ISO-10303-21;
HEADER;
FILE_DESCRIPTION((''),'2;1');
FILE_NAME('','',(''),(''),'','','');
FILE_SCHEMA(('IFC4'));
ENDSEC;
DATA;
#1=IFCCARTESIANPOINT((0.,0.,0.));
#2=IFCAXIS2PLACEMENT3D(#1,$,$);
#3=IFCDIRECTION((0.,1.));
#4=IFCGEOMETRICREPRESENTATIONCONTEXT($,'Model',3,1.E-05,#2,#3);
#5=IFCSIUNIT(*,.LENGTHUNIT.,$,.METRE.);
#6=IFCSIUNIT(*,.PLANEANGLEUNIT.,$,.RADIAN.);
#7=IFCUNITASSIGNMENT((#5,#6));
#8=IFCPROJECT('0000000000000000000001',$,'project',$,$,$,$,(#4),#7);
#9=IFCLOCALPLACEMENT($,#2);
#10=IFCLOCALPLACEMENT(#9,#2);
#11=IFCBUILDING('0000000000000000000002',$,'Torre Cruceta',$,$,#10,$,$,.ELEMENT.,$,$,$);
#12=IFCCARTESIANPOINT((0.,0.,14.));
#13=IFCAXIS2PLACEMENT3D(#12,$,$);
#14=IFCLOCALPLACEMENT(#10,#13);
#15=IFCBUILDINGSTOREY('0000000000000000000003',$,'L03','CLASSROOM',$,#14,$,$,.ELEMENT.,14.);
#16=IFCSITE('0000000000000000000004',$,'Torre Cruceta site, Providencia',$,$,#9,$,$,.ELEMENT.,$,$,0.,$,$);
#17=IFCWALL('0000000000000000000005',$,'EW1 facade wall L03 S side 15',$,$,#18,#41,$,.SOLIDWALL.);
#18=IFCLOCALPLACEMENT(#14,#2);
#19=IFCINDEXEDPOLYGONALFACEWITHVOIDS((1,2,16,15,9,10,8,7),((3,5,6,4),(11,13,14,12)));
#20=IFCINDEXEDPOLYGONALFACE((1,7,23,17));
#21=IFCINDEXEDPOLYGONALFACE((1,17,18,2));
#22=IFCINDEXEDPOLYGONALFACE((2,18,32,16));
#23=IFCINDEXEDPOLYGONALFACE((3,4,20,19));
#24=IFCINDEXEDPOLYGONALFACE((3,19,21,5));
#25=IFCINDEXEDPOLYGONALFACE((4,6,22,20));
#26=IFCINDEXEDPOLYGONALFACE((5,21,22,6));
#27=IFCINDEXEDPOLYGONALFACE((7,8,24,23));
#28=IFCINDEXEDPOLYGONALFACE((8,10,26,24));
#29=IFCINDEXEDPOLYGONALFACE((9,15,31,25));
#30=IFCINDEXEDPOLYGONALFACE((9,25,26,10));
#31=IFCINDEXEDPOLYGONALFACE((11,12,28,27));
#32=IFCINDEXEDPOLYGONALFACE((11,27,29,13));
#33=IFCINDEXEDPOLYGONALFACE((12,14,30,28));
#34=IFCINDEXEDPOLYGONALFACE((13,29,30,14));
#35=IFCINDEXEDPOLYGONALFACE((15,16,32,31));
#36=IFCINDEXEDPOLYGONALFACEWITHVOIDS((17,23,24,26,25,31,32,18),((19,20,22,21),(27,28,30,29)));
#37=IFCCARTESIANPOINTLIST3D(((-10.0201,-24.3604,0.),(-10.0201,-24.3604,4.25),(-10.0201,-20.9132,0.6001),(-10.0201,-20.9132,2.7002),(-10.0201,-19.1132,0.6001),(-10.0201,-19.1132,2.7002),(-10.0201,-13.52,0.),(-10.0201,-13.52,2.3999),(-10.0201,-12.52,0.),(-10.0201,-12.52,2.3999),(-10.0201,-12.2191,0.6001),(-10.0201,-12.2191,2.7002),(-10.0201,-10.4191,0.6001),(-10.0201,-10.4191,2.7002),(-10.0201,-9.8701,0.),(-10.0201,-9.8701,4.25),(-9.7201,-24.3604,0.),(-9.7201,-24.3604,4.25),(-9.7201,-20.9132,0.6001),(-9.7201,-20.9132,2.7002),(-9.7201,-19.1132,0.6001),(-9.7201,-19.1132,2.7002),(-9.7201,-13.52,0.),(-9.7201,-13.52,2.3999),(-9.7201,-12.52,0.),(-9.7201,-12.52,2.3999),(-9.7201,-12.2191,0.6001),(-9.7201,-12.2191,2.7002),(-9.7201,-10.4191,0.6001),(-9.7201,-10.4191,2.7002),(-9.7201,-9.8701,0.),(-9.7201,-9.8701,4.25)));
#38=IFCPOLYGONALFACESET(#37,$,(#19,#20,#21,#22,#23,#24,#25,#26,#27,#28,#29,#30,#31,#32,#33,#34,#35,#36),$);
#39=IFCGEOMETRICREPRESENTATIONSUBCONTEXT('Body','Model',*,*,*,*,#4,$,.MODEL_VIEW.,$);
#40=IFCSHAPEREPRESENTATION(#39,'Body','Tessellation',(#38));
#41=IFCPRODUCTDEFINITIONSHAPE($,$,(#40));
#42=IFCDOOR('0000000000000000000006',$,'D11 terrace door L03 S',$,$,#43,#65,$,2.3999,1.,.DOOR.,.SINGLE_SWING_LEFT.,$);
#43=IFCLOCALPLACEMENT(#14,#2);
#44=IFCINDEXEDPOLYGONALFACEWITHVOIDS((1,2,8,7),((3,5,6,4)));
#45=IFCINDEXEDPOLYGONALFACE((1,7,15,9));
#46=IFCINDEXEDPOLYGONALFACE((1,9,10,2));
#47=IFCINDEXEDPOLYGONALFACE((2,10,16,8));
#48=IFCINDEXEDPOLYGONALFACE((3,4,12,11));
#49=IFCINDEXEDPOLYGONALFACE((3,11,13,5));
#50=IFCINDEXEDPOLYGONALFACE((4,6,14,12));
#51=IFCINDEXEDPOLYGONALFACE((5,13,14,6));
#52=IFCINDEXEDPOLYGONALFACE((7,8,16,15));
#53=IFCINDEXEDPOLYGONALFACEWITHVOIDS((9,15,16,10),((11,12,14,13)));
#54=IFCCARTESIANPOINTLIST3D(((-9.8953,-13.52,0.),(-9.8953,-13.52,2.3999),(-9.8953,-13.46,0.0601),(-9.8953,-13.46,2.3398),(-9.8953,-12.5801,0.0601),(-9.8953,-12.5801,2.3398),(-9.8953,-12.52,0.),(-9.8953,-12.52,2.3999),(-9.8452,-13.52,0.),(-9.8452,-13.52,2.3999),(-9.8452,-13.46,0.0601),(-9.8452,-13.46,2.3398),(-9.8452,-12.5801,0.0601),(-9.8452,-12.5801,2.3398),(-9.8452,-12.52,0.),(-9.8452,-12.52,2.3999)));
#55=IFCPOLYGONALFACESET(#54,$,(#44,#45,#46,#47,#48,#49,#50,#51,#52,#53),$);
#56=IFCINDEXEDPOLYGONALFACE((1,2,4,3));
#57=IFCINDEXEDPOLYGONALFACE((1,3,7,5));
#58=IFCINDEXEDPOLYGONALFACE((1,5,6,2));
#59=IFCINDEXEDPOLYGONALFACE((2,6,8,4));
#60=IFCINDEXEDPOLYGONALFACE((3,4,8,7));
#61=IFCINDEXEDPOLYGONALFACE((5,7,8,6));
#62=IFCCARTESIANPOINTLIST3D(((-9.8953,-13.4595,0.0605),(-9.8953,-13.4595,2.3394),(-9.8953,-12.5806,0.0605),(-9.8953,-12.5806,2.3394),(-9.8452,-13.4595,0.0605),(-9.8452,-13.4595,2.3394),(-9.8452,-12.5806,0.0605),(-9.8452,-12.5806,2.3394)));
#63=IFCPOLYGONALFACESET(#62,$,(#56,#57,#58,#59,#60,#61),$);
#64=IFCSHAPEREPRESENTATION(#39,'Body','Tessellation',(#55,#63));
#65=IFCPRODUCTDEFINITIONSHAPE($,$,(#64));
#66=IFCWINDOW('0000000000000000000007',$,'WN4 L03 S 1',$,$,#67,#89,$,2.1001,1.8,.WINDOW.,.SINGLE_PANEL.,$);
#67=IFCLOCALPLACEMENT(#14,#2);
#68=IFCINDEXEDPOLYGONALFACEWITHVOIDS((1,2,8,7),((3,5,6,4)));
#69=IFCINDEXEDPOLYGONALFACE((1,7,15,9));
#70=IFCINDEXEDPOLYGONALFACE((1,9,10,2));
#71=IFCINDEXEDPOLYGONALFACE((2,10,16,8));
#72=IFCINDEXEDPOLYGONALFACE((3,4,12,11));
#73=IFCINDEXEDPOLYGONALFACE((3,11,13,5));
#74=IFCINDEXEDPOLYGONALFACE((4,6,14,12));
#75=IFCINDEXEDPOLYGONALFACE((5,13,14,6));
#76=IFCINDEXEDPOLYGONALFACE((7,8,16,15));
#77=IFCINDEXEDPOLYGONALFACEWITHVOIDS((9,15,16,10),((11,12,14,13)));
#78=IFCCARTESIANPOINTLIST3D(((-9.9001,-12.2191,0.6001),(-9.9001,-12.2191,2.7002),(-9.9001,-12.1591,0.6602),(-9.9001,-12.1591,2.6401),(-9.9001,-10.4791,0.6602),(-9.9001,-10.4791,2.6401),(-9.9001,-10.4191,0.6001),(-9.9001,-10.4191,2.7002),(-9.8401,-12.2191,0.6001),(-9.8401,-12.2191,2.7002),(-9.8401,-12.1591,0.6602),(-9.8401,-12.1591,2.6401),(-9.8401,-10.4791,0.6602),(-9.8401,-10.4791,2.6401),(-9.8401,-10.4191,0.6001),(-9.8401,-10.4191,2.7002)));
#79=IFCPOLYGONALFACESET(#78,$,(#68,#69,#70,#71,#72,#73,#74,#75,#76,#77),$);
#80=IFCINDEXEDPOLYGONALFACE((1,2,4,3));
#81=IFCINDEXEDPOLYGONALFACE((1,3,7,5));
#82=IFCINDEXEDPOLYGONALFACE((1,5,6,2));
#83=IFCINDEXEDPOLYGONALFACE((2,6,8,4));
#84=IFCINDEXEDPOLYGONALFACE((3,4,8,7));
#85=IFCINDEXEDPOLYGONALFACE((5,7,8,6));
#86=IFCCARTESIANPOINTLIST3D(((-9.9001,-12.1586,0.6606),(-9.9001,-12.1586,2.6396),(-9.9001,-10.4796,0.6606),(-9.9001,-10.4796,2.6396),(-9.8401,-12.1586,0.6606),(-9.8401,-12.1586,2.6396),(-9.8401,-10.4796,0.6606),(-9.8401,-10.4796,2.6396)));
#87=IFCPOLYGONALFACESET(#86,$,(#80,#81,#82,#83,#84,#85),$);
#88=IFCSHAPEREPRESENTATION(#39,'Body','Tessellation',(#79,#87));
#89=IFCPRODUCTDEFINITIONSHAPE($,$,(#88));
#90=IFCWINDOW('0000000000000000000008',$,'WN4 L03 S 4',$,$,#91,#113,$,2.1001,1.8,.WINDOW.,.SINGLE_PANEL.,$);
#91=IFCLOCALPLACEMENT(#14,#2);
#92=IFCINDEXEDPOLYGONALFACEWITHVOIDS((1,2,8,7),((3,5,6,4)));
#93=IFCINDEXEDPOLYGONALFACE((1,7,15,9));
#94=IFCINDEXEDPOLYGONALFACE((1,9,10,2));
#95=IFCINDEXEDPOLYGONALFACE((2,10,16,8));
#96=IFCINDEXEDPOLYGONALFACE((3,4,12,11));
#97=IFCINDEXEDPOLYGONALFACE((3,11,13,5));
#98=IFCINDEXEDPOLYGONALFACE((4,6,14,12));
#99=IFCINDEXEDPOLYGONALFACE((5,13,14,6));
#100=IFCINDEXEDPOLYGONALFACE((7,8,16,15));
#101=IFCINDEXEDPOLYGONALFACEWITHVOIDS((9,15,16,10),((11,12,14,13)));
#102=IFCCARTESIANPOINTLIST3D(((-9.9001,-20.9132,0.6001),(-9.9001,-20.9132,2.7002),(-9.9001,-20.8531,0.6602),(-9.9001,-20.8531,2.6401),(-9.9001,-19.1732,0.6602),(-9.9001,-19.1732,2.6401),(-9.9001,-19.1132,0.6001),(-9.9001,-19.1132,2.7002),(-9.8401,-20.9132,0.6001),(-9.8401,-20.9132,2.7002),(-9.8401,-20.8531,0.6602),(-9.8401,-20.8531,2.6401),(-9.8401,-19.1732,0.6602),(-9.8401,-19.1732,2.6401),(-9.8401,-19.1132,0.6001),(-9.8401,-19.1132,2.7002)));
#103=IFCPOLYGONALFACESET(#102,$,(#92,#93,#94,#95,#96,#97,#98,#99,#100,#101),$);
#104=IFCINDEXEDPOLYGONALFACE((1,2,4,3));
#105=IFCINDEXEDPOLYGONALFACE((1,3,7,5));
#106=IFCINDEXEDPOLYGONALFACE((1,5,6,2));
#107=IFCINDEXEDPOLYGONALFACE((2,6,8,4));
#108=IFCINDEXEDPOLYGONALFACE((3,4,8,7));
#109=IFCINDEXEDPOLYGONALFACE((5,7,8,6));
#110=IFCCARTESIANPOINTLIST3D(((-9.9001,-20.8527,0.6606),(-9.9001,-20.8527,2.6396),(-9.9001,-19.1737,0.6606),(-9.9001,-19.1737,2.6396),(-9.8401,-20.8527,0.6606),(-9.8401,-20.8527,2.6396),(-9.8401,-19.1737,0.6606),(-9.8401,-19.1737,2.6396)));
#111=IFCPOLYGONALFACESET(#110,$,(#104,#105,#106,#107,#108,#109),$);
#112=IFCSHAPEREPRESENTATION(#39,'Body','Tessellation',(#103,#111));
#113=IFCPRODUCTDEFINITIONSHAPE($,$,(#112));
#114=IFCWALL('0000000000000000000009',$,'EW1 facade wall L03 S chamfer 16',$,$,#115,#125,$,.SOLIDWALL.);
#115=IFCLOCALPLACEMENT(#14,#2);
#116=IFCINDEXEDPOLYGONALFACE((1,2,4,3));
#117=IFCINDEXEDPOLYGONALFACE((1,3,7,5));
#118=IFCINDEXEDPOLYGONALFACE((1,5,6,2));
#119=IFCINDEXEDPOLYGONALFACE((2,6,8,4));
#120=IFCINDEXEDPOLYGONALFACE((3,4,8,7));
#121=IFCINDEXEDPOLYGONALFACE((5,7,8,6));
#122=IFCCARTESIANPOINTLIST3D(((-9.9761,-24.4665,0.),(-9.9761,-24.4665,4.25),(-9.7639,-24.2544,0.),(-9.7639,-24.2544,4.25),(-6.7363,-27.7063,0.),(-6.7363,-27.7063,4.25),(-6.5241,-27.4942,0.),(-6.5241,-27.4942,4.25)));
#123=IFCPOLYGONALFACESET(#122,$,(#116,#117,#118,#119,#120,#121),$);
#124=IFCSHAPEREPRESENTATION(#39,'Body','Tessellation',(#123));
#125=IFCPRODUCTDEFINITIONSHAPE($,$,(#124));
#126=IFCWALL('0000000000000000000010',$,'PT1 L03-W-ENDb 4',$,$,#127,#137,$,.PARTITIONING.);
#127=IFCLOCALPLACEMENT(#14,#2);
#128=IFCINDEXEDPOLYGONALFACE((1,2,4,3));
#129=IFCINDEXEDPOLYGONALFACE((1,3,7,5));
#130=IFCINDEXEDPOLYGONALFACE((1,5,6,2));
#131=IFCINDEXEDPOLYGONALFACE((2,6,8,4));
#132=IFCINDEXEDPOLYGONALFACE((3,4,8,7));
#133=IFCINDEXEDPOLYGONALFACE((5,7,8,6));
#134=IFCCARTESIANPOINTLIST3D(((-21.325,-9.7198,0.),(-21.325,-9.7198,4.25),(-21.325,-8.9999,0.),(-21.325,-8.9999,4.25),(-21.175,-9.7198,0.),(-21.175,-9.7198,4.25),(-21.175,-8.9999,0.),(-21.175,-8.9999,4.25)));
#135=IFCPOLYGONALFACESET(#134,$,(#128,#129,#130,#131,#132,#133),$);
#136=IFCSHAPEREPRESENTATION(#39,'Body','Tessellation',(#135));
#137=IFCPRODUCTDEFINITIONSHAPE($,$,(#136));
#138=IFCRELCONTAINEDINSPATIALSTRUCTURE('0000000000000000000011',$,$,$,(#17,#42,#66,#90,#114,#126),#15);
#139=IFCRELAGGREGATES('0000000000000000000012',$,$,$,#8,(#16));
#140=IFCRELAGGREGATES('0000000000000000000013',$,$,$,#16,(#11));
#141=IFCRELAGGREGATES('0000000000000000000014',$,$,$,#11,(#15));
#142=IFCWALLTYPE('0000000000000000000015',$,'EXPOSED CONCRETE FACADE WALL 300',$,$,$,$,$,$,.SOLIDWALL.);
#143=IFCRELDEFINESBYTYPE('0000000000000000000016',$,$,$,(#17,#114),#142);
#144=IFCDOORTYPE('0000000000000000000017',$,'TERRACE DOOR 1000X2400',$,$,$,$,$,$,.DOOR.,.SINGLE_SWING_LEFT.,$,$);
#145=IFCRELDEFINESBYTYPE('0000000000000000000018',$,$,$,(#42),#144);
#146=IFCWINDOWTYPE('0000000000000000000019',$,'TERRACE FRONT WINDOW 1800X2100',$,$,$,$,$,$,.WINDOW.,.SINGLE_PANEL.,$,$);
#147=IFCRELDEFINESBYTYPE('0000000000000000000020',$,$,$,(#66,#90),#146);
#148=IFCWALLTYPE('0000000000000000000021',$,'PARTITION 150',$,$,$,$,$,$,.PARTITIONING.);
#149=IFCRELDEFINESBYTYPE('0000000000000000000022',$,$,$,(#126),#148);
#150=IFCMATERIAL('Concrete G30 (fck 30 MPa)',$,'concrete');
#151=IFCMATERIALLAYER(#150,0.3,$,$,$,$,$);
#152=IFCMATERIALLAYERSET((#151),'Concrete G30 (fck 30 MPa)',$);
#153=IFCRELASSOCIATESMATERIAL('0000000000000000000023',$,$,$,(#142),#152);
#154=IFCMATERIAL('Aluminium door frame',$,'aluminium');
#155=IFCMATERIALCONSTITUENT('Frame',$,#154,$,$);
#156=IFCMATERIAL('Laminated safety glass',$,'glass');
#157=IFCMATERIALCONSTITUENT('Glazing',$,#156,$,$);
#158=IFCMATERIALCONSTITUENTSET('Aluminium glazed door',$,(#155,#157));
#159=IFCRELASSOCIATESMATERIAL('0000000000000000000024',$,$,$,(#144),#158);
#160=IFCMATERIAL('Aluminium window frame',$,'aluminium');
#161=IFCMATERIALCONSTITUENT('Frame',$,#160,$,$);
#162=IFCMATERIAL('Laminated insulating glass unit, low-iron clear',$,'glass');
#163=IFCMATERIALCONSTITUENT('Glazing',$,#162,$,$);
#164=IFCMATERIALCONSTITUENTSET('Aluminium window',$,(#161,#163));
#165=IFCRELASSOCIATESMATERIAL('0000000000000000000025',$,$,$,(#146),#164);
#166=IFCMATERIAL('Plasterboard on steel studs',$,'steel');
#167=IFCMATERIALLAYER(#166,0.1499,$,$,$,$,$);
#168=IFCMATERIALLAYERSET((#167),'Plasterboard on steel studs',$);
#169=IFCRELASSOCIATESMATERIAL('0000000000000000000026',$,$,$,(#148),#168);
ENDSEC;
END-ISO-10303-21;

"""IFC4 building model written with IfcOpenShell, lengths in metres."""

from ifc_helpers import new_model, si_unit, direction, frame, frame_2d, origin, place, context, subcontext, project, spatial, rectangle, hollow_rectangle, extrude, material, layer, layer_set, constituent, constituent_set, type_object, element, fill, save


model = new_model("IFC4")

# Units and contexts
model_context = context("Model", 3, precision=1e-05, world=origin(), true_north=direction((0.0, 1.0)))
body_context = subcontext(model_context, "Body", "Model", "MODEL_VIEW")
ifc_project = project(units=[si_unit("LENGTHUNIT", "METRE"), si_unit("PLANEANGLEUNIT", "RADIAN")], contexts=[model_context])

# Site, building, storey
site_placement = place(None, origin())
site = spatial("IfcSite", under=ifc_project, at=site_placement, Name="Torre Cruceta site, Providencia", CompositionType="ELEMENT", RefElevation=0.0)
building_placement = place(site_placement, origin())
building = spatial("IfcBuilding", under=site, at=building_placement, Name="Torre Cruceta", CompositionType="ELEMENT")
storey_placement = place(building_placement, frame((0.0, 0.0, 14.0)))
storey = spatial("IfcBuildingStorey", under=building, at=storey_placement, Name="L03", Description="CLASSROOM", CompositionType="ELEMENT", Elevation=14.0)

# Shared definitions
ifc_material_1 = material(Name="Concrete G30 (fck 30 MPa)", Category="concrete")
ifc_layer_1 = layer(ifc_material_1, 0.3)
ifc_layer_set_1 = layer_set([ifc_layer_1], Name="Concrete G30 (fck 30 MPa)")
wall_type_1 = type_object("IfcWallType", Name="EXPOSED CONCRETE FACADE WALL 300", PredefinedType="SOLIDWALL", material=ifc_layer_set_1)

# Wall, openings, door, windows
ifc_material_2 = material(Name="Aluminium door frame", Category="aluminium")
ifc_constituent_1 = constituent(ifc_material_2, Name="Frame")
ifc_material_3 = material(Name="Laminated safety glass", Category="glass")
ifc_constituent_2 = constituent(ifc_material_3, Name="Glazing")
ifc_constituent_set_1 = constituent_set(constituents=[ifc_constituent_1, ifc_constituent_2], Name="Aluminium glazed door")
door_type = type_object("IfcDoorType", Name="TERRACE DOOR 1000X2400", OperationType="SINGLE_SWING_LEFT", PredefinedType="DOOR", material=ifc_constituent_set_1)
ifc_material_4 = material(Name="Aluminium window frame", Category="aluminium")
ifc_constituent_3 = constituent(ifc_material_4, Name="Frame")
ifc_material_5 = material(Name="Laminated insulating glass unit, low-iron clear", Category="glass")
ifc_constituent_4 = constituent(ifc_material_5, Name="Glazing")
ifc_constituent_set_2 = constituent_set(constituents=[ifc_constituent_3, ifc_constituent_4], Name="Aluminium window")
window_type = type_object("IfcWindowType", Name="TERRACE FRONT WINDOW 1800X2100", PartitioningType="SINGLE_PANEL", PredefinedType="WINDOW", material=ifc_constituent_set_2)
wall_1_placement = place(storey_placement, frame((-9.8701, -9.8701, 0.0), z_axis=(0.0, 0.0, 1.0), x_axis=(0.0, -1.0, 0.0)))
wall_1 = element("IfcWall", 1, at=wall_1_placement, inside=storey, type_object=wall_type_1, Name="EW1 facade wall L03 S side 15", PredefinedType="SOLIDWALL", context=body_context, shape_type="SweptSolid", body=[
    extrude(rectangle(XDim=14.4902, YDim=0.3, at=frame_2d((7.2451, 0.0))), origin(), (0.0, 0.0, 1.0), 4.25),
])
opening_1_placement = place(wall_1_placement, frame((2.6499, 0.0, 0.0)))
opening_1 = element("IfcOpeningElement", 2, at=opening_1_placement, cuts=wall_1, PredefinedType="OPENING", context=body_context, shape_type="SweptSolid", body=[
    extrude(rectangle(XDim=1.0, YDim=2.3999, at=frame_2d((0.5, 1.2))), frame((0.0, 0.1599, 0.0), z_axis=(0.0, -1.0, 0.0), x_axis=(1.0, 0.0, 0.0)), (0.0, 0.0, 1.0), 0.3201),
])
opening_2_placement = place(wall_1_placement, frame((0.5491, 0.0, 0.6001)))
opening_2 = element("IfcOpeningElement", 3, at=opening_2_placement, cuts=wall_1, PredefinedType="OPENING", context=body_context, shape_type="SweptSolid", body=[
    extrude(rectangle(XDim=1.8, YDim=2.1001, at=frame_2d((0.8999, 1.05))), frame((0.0, 0.1599, 0.0), z_axis=(0.0, -1.0, 0.0), x_axis=(1.0, 0.0, 0.0)), (0.0, 0.0, 1.0), 0.3201),
])
opening_3_placement = place(wall_1_placement, frame((9.2432, 0.0, 0.6001)))
opening_3 = element("IfcOpeningElement", 4, at=opening_3_placement, cuts=wall_1, PredefinedType="OPENING", context=body_context, shape_type="SweptSolid", body=[
    extrude(rectangle(XDim=1.8, YDim=2.1001, at=frame_2d((0.8999, 1.05))), frame((0.0, 0.1599, 0.0), z_axis=(0.0, -1.0, 0.0), x_axis=(1.0, 0.0, 0.0)), (0.0, 0.0, 1.0), 0.3201),
])
door_1_placement = place(opening_1_placement, origin())
door_1 = element("IfcDoor", 5, at=door_1_placement, inside=storey, type_object=door_type, Name="D11 terrace door L03 S", OperationType="SINGLE_SWING_LEFT", OverallHeight=2.3999, OverallWidth=1.0, PredefinedType="DOOR", context=body_context, shape_type="SweptSolid", body=[
    extrude(hollow_rectangle(XDim=1.0, YDim=2.3999, WallThickness=0.0601, at=frame_2d((0.5, 1.2))), frame((0.0, 0.0249, 0.0), z_axis=(0.0, -1.0, 0.0), x_axis=(1.0, 0.0, 0.0)), (0.0, 0.0, 1.0), 0.05),
    extrude(rectangle(XDim=0.8789, YDim=2.2788, at=frame_2d((0.5, 1.2))), frame((0.0, 0.0249, 0.0), z_axis=(0.0, -1.0, 0.0), x_axis=(1.0, 0.0, 0.0)), (0.0, 0.0, 1.0), 0.05),
])
fill(opening_1, door_1)
window_1_placement = place(opening_2_placement, origin())
window_1 = element("IfcWindow", 6, at=window_1_placement, inside=storey, type_object=window_type, Name="WN4 L03 S 1", OverallHeight=2.1001, OverallWidth=1.8, PartitioningType="SINGLE_PANEL", PredefinedType="WINDOW", context=body_context, shape_type="SweptSolid", body=[
    extrude(hollow_rectangle(XDim=1.8, YDim=2.1001, WallThickness=0.0601, at=frame_2d((0.8999, 1.05))), frame((0.0, 0.03, 0.0), z_axis=(0.0, -1.0, 0.0), x_axis=(1.0, 0.0, 0.0)), (0.0, 0.0, 1.0), 0.0601),
    extrude(rectangle(XDim=1.679, YDim=1.979, at=frame_2d((0.8999, 1.05))), frame((0.0, 0.03, 0.0), z_axis=(0.0, -1.0, 0.0), x_axis=(1.0, 0.0, 0.0)), (0.0, 0.0, 1.0), 0.0601),
])
fill(opening_2, window_1)
window_2_placement = place(opening_3_placement, origin())
window_2 = element("IfcWindow", 7, at=window_2_placement, inside=storey, type_object=window_type, Name="WN4 L03 S 4", OverallHeight=2.1001, OverallWidth=1.8, PartitioningType="SINGLE_PANEL", PredefinedType="WINDOW", context=body_context, shape_type="SweptSolid", body=[
    extrude(hollow_rectangle(XDim=1.8, YDim=2.1001, WallThickness=0.0601, at=frame_2d((0.8999, 1.05))), frame((0.0, 0.03, 0.0), z_axis=(0.0, -1.0, 0.0), x_axis=(1.0, 0.0, 0.0)), (0.0, 0.0, 1.0), 0.0601),
    extrude(rectangle(XDim=1.679, YDim=1.979, at=frame_2d((0.8999, 1.05))), frame((0.0, 0.03, 0.0), z_axis=(0.0, -1.0, 0.0), x_axis=(1.0, 0.0, 0.0)), (0.0, 0.0, 1.0), 0.0601),
])
fill(opening_3, window_2)

# Walls
wall_2_placement = place(storey_placement, frame((-9.8701, -24.3604, 0.0), z_axis=(0.0, 0.0, 1.0), x_axis=(0.707107, -0.707107, 0.0)))
element("IfcWall", 8, at=wall_2_placement, inside=storey, type_object=wall_type_1, Name="EW1 facade wall L03 S chamfer 16", PredefinedType="SOLIDWALL", context=body_context, shape_type="SweptSolid", body=[
    extrude(rectangle(XDim=4.5818, YDim=0.3, at=frame_2d((2.291, 0.0))), origin(), (0.0, 0.0, 1.0), 4.25),
])
ifc_material_6 = material(Name="Plasterboard on steel studs", Category="steel")
ifc_layer_2 = layer(ifc_material_6, 0.1499)
ifc_layer_set_2 = layer_set([ifc_layer_2], Name="Plasterboard on steel studs")
wall_type_2 = type_object("IfcWallType", Name="PARTITION 150", PredefinedType="PARTITIONING", material=ifc_layer_set_2)
wall_3_placement = place(storey_placement, frame((-21.25, -9.0, 0.0), z_axis=(0.0, 0.0, 1.0), x_axis=(0.0, -1.0, 0.0)))
element("IfcWall", 9, at=wall_3_placement, inside=storey, type_object=wall_type_2, Name="PT1 L03-W-ENDb 4", PredefinedType="PARTITIONING", context=body_context, shape_type="SweptSolid", body=[
    extrude(rectangle(XDim=0.72, YDim=0.1499, at=frame_2d((0.3599, 0.0))), origin(), (0.0, 0.0, 1.0), 4.25),
])

save(model, "model.ifc")
